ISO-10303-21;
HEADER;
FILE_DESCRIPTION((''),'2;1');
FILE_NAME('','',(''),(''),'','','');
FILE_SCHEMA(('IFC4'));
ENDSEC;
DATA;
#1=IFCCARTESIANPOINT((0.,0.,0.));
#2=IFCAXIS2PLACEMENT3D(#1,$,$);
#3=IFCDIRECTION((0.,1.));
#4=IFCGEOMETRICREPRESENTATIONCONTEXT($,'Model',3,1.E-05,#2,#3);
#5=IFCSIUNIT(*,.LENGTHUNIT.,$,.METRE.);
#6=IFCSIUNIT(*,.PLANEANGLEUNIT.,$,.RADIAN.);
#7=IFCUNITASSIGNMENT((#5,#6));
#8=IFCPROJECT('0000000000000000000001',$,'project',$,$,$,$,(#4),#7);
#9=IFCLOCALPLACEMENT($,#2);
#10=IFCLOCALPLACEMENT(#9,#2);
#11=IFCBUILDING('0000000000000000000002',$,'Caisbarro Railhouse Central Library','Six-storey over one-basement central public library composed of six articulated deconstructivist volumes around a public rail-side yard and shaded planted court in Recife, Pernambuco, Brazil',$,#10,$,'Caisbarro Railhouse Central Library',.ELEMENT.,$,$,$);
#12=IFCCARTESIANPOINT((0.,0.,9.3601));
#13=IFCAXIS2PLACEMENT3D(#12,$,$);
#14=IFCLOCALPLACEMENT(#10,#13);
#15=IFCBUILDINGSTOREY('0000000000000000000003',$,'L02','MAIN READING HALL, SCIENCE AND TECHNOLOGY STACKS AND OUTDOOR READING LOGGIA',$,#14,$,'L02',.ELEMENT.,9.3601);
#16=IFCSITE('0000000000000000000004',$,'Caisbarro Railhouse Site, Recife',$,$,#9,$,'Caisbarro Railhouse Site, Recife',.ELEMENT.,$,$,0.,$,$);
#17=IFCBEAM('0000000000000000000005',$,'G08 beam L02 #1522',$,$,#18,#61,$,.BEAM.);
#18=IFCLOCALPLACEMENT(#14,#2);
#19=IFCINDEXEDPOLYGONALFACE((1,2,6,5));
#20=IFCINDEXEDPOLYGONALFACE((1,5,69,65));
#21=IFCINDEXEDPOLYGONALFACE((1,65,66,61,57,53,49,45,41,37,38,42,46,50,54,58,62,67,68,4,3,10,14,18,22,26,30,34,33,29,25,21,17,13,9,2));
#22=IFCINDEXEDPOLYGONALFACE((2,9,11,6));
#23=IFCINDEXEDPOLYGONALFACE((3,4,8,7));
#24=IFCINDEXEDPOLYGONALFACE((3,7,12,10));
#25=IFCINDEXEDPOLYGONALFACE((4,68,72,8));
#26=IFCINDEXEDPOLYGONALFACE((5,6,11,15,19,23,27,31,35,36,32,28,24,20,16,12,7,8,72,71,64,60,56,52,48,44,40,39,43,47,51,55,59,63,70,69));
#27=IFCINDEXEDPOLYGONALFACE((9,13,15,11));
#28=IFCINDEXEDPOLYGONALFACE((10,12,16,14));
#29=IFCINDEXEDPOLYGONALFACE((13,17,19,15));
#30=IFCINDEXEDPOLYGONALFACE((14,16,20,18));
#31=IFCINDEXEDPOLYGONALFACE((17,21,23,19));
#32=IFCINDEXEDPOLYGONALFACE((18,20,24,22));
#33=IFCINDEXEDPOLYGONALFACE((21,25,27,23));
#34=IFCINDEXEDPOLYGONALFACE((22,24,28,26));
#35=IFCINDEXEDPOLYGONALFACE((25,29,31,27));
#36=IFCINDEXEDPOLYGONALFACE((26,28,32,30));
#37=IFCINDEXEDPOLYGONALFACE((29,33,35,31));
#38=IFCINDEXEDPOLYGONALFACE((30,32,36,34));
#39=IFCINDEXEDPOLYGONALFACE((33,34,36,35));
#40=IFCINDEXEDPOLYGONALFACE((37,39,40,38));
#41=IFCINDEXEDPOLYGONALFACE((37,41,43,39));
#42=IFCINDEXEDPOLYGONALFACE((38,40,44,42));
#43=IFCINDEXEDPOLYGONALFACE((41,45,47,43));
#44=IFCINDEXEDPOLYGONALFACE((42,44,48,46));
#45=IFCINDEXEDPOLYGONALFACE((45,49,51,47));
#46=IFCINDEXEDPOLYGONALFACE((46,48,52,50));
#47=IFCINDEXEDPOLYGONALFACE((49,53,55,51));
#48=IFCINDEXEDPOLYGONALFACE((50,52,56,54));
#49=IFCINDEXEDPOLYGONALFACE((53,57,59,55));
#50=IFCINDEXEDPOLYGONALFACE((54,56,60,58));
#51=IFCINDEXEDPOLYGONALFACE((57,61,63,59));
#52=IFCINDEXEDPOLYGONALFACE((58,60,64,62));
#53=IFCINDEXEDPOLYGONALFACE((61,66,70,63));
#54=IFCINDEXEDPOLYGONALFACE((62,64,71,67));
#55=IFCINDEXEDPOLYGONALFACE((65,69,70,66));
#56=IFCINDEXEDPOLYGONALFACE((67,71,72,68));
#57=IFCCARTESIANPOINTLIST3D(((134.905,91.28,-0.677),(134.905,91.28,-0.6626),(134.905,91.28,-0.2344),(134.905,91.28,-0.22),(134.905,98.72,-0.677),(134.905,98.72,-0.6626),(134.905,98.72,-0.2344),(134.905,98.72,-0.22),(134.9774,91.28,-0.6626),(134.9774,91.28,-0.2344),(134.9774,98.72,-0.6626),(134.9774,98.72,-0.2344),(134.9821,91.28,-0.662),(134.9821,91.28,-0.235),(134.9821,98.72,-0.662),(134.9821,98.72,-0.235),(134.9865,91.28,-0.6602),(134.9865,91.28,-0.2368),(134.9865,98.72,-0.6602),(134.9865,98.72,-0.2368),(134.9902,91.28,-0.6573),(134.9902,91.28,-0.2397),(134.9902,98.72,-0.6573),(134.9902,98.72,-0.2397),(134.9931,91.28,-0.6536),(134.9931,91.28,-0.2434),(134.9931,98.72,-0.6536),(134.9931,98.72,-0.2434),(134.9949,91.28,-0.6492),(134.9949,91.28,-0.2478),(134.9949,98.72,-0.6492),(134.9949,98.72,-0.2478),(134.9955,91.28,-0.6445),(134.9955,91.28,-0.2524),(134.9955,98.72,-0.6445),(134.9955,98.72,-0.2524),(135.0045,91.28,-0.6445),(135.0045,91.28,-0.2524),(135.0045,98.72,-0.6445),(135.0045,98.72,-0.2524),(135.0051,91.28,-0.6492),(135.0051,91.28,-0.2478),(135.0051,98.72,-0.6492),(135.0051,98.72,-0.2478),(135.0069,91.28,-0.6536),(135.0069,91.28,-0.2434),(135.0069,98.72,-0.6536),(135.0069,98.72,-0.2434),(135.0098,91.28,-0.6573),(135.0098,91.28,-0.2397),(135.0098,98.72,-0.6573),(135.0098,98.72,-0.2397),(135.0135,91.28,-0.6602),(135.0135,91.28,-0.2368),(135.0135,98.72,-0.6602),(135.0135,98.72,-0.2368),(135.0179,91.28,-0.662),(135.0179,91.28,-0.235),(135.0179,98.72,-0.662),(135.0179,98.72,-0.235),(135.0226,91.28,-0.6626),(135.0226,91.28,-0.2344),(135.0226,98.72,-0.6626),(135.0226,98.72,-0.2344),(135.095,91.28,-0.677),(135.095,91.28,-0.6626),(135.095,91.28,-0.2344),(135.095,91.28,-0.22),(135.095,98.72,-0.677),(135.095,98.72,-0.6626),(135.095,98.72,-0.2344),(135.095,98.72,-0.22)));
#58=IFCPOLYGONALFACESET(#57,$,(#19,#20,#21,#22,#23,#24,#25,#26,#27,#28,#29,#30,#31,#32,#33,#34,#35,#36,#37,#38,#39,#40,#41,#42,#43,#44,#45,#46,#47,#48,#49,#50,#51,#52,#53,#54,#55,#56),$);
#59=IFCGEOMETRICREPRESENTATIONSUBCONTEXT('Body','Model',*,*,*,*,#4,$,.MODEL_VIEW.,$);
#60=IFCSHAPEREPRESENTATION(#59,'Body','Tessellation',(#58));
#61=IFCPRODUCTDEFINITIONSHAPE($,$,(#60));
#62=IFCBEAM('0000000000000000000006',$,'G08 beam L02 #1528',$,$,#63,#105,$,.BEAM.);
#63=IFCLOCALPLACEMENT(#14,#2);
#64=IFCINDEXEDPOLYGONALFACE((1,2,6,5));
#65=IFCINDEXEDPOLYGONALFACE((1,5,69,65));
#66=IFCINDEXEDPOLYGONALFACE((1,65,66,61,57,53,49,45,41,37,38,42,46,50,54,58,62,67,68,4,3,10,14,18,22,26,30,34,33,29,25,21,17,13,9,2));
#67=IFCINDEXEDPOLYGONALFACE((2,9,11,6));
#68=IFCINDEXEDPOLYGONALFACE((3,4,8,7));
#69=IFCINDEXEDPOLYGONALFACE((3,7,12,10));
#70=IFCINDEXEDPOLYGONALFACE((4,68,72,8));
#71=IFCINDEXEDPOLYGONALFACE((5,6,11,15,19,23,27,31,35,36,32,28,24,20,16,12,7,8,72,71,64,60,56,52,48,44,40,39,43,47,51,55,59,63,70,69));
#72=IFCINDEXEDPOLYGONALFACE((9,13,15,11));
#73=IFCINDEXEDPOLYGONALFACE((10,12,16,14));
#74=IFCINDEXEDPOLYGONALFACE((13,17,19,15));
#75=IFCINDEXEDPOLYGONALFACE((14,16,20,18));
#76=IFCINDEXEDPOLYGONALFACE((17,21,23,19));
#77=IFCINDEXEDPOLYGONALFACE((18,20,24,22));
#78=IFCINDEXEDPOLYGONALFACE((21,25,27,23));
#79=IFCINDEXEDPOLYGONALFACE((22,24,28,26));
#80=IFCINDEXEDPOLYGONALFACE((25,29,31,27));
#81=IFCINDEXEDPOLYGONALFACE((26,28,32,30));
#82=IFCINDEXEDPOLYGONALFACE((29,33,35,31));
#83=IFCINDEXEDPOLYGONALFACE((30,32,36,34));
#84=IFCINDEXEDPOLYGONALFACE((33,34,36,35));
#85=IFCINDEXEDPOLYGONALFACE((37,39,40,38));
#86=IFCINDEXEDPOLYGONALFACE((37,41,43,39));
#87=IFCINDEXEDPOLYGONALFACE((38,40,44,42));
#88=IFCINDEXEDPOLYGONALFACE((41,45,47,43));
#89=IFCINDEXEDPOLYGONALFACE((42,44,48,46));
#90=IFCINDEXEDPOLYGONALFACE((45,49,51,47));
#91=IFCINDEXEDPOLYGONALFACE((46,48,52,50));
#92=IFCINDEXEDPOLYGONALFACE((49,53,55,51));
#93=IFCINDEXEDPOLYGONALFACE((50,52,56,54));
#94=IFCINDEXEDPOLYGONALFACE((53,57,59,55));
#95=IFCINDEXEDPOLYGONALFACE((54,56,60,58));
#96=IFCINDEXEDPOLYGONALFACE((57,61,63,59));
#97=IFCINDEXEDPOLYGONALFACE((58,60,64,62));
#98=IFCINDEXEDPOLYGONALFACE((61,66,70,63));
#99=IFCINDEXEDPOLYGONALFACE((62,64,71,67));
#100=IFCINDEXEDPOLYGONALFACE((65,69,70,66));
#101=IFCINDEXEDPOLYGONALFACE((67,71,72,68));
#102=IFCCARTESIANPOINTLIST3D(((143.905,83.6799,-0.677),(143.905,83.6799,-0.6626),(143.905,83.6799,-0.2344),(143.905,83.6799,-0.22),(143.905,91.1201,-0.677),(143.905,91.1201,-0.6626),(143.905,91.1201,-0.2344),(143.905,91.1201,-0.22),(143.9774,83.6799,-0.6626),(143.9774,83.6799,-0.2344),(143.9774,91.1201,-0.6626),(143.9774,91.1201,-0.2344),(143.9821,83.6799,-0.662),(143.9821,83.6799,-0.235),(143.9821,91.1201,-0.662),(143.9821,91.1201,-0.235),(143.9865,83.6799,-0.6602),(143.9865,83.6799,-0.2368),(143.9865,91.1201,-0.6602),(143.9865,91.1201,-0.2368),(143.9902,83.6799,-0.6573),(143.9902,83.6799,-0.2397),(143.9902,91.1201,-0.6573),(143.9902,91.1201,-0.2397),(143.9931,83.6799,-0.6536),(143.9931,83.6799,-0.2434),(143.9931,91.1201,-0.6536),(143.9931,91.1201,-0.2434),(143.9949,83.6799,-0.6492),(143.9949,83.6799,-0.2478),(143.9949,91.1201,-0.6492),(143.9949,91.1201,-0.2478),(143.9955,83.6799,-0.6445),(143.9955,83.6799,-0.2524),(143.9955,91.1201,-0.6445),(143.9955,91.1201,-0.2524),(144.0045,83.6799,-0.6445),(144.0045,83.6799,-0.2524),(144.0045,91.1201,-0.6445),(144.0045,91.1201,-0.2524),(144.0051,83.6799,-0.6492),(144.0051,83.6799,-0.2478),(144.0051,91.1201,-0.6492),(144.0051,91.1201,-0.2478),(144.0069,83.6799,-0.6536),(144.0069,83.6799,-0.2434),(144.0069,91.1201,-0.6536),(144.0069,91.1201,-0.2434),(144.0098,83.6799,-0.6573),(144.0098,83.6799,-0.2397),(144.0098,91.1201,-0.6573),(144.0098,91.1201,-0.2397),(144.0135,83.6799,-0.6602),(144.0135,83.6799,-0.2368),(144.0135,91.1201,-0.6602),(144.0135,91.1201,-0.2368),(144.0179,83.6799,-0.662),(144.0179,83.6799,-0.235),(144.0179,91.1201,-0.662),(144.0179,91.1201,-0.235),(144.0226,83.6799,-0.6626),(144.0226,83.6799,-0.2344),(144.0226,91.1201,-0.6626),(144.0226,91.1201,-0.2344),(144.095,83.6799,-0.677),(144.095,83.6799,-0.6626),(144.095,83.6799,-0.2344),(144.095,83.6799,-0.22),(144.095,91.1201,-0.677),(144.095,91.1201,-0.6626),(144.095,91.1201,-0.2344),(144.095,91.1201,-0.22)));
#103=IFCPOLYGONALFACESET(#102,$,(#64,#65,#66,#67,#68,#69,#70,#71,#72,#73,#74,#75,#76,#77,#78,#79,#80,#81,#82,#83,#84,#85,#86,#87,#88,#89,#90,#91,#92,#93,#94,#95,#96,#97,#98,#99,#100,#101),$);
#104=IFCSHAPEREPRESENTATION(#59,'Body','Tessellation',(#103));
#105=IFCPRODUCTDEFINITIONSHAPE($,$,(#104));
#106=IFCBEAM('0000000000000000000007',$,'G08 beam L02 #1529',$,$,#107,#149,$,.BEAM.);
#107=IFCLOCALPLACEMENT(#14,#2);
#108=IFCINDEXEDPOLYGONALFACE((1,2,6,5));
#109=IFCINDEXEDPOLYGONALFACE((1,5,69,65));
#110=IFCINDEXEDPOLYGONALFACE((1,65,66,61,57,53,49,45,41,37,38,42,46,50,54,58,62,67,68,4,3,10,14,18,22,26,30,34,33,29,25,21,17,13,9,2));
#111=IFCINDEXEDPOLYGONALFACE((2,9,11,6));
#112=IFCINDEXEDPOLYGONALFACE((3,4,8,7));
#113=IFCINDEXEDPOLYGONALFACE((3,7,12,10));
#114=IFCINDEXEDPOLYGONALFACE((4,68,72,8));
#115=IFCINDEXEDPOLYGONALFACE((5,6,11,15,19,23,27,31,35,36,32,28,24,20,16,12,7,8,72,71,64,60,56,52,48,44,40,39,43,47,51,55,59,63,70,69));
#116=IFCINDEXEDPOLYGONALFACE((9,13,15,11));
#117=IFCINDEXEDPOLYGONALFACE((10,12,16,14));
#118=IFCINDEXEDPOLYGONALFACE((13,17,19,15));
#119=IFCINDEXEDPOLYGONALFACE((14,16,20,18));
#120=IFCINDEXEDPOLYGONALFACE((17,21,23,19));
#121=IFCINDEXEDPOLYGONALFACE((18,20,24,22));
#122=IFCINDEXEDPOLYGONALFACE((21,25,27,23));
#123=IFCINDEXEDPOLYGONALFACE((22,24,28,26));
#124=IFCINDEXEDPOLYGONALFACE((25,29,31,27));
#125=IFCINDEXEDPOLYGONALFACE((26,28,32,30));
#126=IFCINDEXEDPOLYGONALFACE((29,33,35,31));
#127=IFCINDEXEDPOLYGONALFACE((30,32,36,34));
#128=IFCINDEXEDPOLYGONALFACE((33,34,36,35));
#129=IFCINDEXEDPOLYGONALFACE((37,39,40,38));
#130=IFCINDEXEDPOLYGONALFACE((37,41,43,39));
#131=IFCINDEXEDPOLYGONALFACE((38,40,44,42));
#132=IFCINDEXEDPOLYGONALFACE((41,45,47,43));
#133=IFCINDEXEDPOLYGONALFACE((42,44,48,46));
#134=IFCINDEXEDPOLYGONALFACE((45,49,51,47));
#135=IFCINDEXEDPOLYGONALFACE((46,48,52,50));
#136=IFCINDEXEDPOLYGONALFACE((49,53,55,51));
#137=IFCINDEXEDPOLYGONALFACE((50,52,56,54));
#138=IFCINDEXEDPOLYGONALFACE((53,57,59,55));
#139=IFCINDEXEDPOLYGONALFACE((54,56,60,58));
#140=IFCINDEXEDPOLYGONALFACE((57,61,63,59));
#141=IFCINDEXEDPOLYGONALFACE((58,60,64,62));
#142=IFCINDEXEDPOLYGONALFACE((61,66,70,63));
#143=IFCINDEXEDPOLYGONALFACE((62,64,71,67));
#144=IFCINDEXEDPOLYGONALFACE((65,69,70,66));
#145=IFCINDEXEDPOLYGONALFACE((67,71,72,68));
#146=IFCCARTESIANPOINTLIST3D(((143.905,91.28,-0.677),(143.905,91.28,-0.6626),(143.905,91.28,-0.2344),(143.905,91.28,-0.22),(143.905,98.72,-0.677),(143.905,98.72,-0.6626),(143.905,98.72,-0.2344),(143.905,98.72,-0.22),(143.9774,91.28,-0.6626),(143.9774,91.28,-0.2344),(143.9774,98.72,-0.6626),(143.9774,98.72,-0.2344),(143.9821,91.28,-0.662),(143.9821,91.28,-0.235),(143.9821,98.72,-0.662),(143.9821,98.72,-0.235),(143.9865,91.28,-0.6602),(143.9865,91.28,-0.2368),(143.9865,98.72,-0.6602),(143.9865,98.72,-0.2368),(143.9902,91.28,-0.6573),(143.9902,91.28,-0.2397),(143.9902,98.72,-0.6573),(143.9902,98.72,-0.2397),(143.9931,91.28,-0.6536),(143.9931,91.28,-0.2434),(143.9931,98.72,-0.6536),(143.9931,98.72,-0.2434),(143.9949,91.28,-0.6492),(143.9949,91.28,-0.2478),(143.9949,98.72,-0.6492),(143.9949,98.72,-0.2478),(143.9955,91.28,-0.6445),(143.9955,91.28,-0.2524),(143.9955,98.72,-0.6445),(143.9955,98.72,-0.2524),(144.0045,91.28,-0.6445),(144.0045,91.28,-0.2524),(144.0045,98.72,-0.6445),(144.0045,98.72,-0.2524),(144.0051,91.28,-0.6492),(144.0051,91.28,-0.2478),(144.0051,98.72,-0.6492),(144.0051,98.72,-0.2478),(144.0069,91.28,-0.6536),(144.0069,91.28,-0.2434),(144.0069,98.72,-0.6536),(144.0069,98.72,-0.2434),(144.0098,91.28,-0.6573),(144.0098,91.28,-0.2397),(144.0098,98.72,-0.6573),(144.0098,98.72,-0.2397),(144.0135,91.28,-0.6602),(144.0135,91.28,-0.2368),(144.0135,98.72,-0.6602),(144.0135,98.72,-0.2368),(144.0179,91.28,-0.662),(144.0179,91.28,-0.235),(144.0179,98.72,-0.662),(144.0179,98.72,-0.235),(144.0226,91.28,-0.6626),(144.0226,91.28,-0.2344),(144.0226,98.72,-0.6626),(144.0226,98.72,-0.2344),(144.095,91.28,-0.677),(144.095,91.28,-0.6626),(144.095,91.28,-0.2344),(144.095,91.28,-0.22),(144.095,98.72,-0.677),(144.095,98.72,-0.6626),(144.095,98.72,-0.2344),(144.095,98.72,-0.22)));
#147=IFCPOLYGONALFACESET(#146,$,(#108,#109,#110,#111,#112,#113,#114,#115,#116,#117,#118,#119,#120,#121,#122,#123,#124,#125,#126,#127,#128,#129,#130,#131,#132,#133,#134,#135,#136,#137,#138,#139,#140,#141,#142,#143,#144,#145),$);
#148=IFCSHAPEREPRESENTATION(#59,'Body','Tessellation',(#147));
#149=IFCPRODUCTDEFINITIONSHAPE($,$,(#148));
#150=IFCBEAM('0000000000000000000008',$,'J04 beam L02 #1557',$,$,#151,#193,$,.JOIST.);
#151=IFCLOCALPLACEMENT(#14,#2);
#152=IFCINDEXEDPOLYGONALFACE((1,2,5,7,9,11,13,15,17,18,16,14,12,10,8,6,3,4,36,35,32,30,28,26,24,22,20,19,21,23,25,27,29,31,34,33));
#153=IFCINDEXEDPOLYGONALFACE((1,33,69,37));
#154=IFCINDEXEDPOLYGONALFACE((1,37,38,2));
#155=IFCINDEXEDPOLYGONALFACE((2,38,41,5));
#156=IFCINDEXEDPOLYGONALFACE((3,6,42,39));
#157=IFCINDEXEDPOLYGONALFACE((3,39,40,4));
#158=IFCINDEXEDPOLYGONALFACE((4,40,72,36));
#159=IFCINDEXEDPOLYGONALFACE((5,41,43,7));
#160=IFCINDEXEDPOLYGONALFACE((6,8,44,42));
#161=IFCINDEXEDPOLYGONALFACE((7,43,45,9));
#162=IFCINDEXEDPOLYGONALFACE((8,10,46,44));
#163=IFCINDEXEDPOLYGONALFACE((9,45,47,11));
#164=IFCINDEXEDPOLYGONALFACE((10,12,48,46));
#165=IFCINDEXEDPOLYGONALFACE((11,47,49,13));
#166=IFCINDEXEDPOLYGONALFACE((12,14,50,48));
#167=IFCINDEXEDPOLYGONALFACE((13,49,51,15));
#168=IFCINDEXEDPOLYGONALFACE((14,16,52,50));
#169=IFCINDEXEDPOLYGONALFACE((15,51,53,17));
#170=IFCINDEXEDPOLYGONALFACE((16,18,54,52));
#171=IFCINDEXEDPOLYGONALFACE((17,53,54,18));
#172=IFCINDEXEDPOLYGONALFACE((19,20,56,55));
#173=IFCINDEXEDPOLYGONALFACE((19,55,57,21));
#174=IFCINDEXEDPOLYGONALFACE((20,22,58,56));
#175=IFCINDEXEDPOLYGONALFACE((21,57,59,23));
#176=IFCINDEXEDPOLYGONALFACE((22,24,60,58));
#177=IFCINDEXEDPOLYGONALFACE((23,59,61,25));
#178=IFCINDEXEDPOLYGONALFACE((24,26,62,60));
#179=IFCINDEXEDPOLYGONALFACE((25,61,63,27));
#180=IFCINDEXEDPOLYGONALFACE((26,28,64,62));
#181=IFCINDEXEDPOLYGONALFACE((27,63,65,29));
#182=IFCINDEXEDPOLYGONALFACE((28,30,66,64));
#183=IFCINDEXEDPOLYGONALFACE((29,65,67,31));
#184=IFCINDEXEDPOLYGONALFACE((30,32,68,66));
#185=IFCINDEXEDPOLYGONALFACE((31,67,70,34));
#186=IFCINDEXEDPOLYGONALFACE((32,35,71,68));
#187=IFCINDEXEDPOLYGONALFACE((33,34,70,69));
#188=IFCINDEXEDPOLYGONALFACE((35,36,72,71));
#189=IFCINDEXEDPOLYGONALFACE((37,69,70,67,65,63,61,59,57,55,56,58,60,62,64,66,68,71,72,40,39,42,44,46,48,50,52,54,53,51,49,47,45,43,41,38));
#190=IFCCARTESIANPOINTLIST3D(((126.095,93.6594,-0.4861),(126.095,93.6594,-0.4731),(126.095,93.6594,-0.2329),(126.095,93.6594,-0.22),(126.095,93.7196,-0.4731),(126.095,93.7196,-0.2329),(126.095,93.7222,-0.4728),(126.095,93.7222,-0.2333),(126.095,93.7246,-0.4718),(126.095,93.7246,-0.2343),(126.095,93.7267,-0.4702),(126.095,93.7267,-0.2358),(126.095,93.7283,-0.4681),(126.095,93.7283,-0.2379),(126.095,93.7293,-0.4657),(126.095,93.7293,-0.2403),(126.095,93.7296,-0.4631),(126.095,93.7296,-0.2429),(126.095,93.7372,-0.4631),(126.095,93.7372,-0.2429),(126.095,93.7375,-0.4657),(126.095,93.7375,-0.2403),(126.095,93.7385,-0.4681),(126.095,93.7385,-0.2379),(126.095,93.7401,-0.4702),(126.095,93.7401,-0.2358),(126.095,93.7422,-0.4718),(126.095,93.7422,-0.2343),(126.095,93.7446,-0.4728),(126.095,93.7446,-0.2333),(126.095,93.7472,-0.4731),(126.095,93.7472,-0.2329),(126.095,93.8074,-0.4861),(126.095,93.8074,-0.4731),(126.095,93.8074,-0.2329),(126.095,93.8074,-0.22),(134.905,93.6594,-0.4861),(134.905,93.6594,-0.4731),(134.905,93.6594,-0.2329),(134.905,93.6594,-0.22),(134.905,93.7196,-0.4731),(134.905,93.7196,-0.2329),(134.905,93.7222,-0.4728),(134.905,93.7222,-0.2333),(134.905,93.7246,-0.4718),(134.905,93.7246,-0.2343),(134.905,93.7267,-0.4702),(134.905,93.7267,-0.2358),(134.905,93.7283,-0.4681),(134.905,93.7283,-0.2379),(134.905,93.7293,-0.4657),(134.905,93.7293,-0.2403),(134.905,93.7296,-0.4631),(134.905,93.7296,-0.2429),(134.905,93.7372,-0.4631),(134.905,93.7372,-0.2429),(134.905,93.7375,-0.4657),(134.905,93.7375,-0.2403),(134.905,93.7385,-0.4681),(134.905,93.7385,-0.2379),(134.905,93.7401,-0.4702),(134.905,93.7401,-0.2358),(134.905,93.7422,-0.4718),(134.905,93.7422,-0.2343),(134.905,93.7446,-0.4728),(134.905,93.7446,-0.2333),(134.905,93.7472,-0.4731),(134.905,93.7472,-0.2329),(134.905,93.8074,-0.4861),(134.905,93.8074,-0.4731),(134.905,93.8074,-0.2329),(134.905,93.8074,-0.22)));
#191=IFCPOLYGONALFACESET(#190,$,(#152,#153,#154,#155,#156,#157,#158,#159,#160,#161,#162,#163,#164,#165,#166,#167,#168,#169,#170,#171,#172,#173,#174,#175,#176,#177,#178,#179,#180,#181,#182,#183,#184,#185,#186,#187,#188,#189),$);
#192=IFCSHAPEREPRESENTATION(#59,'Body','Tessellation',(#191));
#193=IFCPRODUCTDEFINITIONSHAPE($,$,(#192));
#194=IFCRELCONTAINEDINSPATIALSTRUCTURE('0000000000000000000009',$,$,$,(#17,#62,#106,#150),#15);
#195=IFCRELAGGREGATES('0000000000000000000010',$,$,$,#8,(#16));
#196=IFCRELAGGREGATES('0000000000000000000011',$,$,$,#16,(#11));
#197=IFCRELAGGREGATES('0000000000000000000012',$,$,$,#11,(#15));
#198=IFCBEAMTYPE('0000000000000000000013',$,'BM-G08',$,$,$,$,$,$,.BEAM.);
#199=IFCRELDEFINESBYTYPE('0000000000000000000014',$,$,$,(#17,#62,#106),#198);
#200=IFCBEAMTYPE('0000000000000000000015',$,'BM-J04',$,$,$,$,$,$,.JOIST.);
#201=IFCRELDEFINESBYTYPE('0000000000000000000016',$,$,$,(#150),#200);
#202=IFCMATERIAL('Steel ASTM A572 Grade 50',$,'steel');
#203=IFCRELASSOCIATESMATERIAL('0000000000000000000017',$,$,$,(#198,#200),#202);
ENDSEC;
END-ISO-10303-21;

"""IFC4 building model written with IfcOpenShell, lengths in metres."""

from ifc_helpers import new_model, si_unit, direction, frame, origin, origin_2d, place, context, subcontext, project, spatial, i_section, extrude, material, material_profile, profile_set, type_object, element, save


model = new_model("IFC4")

# Units and contexts
model_context = context("Model", 3, precision=1e-05, world=origin(), true_north=direction((0.0, 1.0)))
body_context = subcontext(model_context, "Body", "Model", "MODEL_VIEW")
ifc_project = project(units=[si_unit("LENGTHUNIT", "METRE"), si_unit("PLANEANGLEUNIT", "RADIAN")], contexts=[model_context])

# Site, building, storey
site_placement = place(None, origin())
site = spatial("IfcSite", under=ifc_project, at=site_placement, Name="Caisbarro Railhouse Site, Recife", LongName="Caisbarro Railhouse Site, Recife", CompositionType="ELEMENT", RefElevation=0.0)
building_placement = place(site_placement, origin())
building = spatial("IfcBuilding", under=site, at=building_placement, Name="Caisbarro Railhouse Central Library", Description="Six-storey over one-basement central public library composed of six articulated deconstructivist volumes around a public rail-side yard and shaded planted court in Recife, Pernambuco, Brazil", LongName="Caisbarro Railhouse Central Library", CompositionType="ELEMENT")
storey_placement = place(building_placement, frame((0.0, 0.0, 9.3601)))
storey = spatial("IfcBuildingStorey", under=building, at=storey_placement, Name="L02", Description="MAIN READING HALL, SCIENCE AND TECHNOLOGY STACKS AND OUTDOOR READING LOGGIA", LongName="L02", CompositionType="ELEMENT", Elevation=9.3601)

# Shared definitions
ifc_material_1 = material(Name="Steel ASTM A572 Grade 50", Category="steel")

# Beams
ifc_material_profile_1 = material_profile(ifc_material_1, i_section(OverallWidth=0.1899, OverallDepth=0.457, WebThickness=0.009, FlangeThickness=0.0144, FilletRadius=0.0181, at=origin_2d()), Name="W460X74.0")
ifc_profile_set_1 = profile_set([ifc_material_profile_1], Name="Steel ASTM A572 Grade 50")
beam_type_1 = type_object("IfcBeamType", Name="BM-G08", PredefinedType="BEAM", material=ifc_profile_set_1)
for number, where, z_axis, x_axis, name in (
    (1, (135.0, 91.28, -0.4485), (0.0, 1.0, 0.0), (-1.0, 0.0, 0.0), "G08 beam L02 #1522"),
):
    element("IfcBeam", number, at=place(storey_placement, frame(where, z_axis=z_axis, x_axis=x_axis)), inside=storey, type_object=beam_type_1, Name=name, PredefinedType="BEAM", context=body_context, shape_type="SweptSolid", body=[
        extrude(i_section(OverallWidth=0.1899, OverallDepth=0.457, WebThickness=0.009, FlangeThickness=0.0144, FilletRadius=0.0181, at=origin_2d()), origin(), (0.0, 0.0, 1.0), 7.4399),
    ])
beam_1_placement = place(storey_placement, frame((144.0, 83.6799, -0.4485), z_axis=(0.0, 1.0, 0.0), x_axis=(-1.0, 0.0, 0.0)))
element("IfcBeam", 2, at=beam_1_placement, inside=storey, type_object=beam_type_1, Name="G08 beam L02 #1528", PredefinedType="BEAM", context=body_context, shape_type="SweptSolid", body=[
    extrude(i_section(OverallWidth=0.1899, OverallDepth=0.457, WebThickness=0.009, FlangeThickness=0.0144, FilletRadius=0.0181, at=origin_2d()), origin(), (0.0, 0.0, 1.0), 7.4402),
])
beam_2_placement = place(storey_placement, frame((144.0, 91.28, -0.4485), z_axis=(0.0, 1.0, 0.0), x_axis=(-1.0, 0.0, 0.0)))
element("IfcBeam", 3, at=beam_2_placement, inside=storey, type_object=beam_type_1, Name="G08 beam L02 #1529", PredefinedType="BEAM", context=body_context, shape_type="SweptSolid", body=[
    extrude(i_section(OverallWidth=0.1899, OverallDepth=0.457, WebThickness=0.009, FlangeThickness=0.0144, FilletRadius=0.0181, at=origin_2d()), origin(), (0.0, 0.0, 1.0), 7.4399),
])
ifc_material_profile_2 = material_profile(ifc_material_1, i_section(OverallWidth=0.1479, OverallDepth=0.2661, WebThickness=0.0076, FlangeThickness=0.0129, FilletRadius=0.01, at=origin_2d()), Name="W250X44.8")
ifc_profile_set_2 = profile_set([ifc_material_profile_2], Name="Steel ASTM A572 Grade 50")
beam_type_2 = type_object("IfcBeamType", Name="BM-J04", PredefinedType="JOIST", material=ifc_profile_set_2)
for number, where, z_axis, x_axis, name in (
    (4, (126.095, 93.7334, -0.353), (1.0, 0.0, 0.0), (0.0, 1.0, 0.0), "J04 beam L02 #1557"),
):
    element("IfcBeam", number, at=place(storey_placement, frame(where, z_axis=z_axis, x_axis=x_axis)), inside=storey, type_object=beam_type_2, Name=name, PredefinedType="JOIST", context=body_context, shape_type="SweptSolid", body=[
        extrude(i_section(OverallWidth=0.1479, OverallDepth=0.2661, WebThickness=0.0076, FlangeThickness=0.0129, FilletRadius=0.01, at=origin_2d()), origin(), (0.0, 0.0, 1.0), 8.8101),
    ])

save(model, "model.ifc")
